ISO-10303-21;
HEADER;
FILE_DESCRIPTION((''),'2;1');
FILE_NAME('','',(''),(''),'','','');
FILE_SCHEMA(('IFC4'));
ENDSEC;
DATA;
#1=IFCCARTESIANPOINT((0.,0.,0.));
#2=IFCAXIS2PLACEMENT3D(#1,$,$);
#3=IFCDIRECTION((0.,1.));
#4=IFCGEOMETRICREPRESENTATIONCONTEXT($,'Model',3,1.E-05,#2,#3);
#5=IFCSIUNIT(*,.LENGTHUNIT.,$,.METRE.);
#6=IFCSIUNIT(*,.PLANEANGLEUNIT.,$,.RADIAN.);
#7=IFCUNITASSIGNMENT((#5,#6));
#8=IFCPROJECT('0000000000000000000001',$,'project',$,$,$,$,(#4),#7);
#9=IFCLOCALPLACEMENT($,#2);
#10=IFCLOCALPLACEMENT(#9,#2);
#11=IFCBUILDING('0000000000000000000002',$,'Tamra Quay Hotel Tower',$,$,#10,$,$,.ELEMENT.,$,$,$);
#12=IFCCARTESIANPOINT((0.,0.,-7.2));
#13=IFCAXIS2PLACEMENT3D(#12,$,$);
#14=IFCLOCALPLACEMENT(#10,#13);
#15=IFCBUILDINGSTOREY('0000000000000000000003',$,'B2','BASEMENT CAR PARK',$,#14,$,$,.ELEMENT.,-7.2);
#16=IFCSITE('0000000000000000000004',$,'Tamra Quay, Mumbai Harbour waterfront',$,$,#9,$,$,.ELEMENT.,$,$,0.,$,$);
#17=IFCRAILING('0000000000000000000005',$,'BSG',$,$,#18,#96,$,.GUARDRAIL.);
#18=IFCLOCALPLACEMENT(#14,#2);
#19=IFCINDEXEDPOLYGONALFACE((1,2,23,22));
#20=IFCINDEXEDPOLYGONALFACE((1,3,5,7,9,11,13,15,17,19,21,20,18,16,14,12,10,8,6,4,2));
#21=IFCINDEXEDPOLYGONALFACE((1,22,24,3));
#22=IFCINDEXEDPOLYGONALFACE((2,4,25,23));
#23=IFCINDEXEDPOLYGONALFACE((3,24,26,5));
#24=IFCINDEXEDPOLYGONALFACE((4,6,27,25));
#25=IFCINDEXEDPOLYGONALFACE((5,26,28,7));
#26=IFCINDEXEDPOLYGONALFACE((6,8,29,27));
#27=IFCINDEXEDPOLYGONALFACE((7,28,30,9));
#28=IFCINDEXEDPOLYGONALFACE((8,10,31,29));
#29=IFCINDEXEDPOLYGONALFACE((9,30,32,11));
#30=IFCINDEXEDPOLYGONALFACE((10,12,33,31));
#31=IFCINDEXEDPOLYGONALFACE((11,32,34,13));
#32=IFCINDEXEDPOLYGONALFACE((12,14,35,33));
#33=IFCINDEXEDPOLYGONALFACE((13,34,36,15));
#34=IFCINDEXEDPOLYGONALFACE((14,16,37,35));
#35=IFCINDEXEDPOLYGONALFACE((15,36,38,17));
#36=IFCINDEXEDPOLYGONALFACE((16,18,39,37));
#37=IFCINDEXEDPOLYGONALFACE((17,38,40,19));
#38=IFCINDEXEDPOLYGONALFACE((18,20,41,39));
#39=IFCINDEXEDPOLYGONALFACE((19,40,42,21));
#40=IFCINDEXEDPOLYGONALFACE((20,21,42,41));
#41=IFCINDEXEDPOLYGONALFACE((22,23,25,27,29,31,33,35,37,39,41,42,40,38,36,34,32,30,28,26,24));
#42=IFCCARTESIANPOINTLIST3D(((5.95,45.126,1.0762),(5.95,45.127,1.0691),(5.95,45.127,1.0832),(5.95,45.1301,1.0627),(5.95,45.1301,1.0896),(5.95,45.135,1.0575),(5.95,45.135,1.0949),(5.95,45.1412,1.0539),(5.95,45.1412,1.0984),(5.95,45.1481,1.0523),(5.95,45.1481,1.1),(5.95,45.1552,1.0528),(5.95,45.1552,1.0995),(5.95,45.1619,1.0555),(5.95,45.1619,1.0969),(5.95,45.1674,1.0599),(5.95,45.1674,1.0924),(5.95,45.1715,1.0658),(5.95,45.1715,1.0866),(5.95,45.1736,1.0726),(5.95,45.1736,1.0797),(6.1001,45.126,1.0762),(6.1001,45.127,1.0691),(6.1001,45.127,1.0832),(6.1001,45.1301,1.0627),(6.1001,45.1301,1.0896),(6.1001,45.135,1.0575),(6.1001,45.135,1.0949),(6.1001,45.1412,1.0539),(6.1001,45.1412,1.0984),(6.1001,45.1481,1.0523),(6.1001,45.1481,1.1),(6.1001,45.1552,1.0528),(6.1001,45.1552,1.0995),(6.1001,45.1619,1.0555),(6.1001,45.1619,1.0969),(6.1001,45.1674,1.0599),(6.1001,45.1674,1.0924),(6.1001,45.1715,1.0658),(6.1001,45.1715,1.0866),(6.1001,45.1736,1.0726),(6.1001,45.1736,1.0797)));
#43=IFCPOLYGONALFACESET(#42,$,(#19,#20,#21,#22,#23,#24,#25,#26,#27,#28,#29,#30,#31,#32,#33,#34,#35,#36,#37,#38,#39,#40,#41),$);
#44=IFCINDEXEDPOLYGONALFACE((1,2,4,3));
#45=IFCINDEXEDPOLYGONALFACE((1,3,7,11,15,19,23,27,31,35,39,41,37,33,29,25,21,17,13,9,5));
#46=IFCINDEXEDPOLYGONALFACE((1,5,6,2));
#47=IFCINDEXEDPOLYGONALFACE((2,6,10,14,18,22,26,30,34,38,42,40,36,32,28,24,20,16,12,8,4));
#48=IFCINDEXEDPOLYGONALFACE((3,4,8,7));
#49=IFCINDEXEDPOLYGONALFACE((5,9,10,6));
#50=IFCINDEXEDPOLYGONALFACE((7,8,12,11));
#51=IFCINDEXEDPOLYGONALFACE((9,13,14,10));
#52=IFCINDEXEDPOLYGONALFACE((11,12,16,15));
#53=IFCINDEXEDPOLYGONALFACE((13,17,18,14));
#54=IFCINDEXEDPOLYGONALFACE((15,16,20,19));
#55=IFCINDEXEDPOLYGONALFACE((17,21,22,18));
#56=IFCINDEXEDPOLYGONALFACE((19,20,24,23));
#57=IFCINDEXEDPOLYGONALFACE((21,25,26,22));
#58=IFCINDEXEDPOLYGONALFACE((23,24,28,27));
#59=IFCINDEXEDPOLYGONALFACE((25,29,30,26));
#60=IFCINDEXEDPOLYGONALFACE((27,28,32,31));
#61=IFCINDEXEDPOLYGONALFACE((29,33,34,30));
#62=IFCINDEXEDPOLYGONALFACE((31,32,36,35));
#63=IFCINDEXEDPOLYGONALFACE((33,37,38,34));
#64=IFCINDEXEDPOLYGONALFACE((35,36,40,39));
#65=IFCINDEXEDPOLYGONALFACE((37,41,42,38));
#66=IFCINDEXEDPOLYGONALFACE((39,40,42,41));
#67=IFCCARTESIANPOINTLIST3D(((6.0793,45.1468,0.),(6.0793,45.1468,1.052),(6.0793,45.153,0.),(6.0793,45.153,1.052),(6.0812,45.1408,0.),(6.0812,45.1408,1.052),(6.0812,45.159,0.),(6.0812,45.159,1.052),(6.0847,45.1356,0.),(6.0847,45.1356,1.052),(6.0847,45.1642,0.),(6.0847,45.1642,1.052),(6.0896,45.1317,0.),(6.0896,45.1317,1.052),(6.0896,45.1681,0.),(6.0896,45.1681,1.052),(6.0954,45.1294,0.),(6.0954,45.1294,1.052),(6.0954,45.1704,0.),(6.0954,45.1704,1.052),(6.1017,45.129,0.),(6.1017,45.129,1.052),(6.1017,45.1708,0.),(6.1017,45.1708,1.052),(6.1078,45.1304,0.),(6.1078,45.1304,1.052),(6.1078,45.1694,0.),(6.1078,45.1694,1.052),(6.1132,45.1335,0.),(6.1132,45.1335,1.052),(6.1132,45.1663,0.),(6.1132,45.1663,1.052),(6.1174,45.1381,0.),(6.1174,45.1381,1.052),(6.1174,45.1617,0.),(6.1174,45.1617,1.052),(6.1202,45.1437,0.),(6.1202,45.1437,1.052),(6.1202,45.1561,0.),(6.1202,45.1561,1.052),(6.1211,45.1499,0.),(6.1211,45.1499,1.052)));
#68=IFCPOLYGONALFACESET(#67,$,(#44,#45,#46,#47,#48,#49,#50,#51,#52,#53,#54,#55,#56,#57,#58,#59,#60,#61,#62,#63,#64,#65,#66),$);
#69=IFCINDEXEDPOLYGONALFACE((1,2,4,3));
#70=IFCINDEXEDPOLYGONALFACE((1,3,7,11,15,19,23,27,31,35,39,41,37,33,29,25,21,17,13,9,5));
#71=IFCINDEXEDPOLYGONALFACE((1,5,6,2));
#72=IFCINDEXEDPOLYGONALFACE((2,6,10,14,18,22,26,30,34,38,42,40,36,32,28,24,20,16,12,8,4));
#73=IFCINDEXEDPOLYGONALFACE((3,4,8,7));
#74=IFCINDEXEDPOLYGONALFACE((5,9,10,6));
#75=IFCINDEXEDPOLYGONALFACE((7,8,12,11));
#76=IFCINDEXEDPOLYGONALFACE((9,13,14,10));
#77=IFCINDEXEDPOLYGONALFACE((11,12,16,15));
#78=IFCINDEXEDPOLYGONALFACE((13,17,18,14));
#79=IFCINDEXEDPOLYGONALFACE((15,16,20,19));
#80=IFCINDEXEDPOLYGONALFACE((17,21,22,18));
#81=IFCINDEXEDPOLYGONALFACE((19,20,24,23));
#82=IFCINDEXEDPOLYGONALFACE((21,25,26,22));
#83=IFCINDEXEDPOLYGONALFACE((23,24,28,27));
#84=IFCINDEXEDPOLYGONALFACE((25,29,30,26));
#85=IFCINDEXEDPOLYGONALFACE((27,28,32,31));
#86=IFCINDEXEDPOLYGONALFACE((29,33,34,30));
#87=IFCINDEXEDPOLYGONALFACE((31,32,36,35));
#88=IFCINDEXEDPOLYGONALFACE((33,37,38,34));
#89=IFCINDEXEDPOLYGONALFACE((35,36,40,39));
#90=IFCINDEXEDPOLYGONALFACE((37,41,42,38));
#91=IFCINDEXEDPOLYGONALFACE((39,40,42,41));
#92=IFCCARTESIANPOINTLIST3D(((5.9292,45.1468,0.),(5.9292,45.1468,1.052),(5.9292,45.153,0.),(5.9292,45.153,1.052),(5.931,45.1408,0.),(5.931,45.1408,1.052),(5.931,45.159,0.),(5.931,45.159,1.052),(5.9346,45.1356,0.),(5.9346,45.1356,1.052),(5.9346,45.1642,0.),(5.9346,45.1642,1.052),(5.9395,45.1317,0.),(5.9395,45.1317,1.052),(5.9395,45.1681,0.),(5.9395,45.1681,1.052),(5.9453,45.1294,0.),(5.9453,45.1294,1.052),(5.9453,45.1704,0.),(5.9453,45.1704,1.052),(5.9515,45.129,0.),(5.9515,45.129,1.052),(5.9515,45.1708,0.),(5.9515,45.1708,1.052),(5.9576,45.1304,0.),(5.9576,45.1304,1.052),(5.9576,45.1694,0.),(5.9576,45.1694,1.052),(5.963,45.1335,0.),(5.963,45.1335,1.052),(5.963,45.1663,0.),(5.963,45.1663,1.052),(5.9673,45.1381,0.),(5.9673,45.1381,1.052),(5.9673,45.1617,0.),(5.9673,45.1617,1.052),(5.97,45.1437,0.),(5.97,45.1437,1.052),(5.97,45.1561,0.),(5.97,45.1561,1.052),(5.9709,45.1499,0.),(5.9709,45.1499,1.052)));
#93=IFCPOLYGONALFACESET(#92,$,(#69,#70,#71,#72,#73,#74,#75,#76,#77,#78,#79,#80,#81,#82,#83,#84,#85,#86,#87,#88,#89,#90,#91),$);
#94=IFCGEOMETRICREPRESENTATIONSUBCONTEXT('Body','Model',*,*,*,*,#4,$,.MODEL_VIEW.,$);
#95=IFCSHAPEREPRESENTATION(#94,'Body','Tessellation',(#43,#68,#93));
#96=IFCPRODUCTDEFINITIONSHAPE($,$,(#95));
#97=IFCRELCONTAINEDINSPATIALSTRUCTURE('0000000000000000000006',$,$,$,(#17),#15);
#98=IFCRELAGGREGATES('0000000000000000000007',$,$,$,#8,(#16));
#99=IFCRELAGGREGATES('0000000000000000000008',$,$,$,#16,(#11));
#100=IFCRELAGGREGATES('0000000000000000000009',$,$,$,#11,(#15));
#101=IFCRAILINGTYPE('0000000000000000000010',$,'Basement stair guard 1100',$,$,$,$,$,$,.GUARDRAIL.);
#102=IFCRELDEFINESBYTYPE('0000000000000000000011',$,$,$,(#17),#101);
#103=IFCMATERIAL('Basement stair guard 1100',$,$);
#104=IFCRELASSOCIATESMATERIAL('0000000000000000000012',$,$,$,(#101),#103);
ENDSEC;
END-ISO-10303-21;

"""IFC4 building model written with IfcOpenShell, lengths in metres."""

from ifc_helpers import new_model, si_unit, direction, frame, origin, origin_2d, place, context, subcontext, project, spatial, circle, extrude, material, type_object, element, save


model = new_model("IFC4")

# Units and contexts
model_context = context("Model", 3, precision=1e-05, world=origin(), true_north=direction((0.0, 1.0)))
body_context = subcontext(model_context, "Body", "Model", "MODEL_VIEW")
ifc_project = project(units=[si_unit("LENGTHUNIT", "METRE"), si_unit("PLANEANGLEUNIT", "RADIAN")], contexts=[model_context])

# Site, building, storey
site_placement = place(None, origin())
site = spatial("IfcSite", under=ifc_project, at=site_placement, Name="Tamra Quay, Mumbai Harbour waterfront", CompositionType="ELEMENT", RefElevation=0.0)
building_placement = place(site_placement, origin())
building = spatial("IfcBuilding", under=site, at=building_placement, Name="Tamra Quay Hotel Tower", CompositionType="ELEMENT")
storey_placement = place(building_placement, frame((0.0, 0.0, -7.2)))
storey = spatial("IfcBuildingStorey", under=building, at=storey_placement, Name="B2", Description="BASEMENT CAR PARK", CompositionType="ELEMENT", Elevation=-7.2)

# Railing
ifc_material_1 = material(Name="Basement stair guard 1100")
railing_type_1 = type_object("IfcRailingType", Name="Basement stair guard 1100", PredefinedType="GUARDRAIL", material=ifc_material_1)
railing_1_placement = place(storey_placement, frame((6.1001, 45.1499, 0.0)))
element("IfcRailing", 1, at=railing_1_placement, inside=storey, type_object=railing_type_1, Name="BSG", PredefinedType="GUARDRAIL", context=body_context, shape_type="SweptSolid", body=[
    extrude(circle(Radius=0.0239, at=origin_2d()), frame((0.0, 0.0, 1.0762), z_axis=(-1.0, 0.0, 0.0), x_axis=(0.0, -1.0, 0.0)), (0.0, 0.0, 1.0), 0.1501),
    extrude(circle(Radius=0.021, at=origin_2d()), origin(), (0.0, 0.0, 1.0), 1.052),
    extrude(circle(Radius=0.021, at=origin_2d()), frame((-0.1501, 0.0, 0.0)), (0.0, 0.0, 1.0), 1.052),
])

save(model, "model.ifc")
